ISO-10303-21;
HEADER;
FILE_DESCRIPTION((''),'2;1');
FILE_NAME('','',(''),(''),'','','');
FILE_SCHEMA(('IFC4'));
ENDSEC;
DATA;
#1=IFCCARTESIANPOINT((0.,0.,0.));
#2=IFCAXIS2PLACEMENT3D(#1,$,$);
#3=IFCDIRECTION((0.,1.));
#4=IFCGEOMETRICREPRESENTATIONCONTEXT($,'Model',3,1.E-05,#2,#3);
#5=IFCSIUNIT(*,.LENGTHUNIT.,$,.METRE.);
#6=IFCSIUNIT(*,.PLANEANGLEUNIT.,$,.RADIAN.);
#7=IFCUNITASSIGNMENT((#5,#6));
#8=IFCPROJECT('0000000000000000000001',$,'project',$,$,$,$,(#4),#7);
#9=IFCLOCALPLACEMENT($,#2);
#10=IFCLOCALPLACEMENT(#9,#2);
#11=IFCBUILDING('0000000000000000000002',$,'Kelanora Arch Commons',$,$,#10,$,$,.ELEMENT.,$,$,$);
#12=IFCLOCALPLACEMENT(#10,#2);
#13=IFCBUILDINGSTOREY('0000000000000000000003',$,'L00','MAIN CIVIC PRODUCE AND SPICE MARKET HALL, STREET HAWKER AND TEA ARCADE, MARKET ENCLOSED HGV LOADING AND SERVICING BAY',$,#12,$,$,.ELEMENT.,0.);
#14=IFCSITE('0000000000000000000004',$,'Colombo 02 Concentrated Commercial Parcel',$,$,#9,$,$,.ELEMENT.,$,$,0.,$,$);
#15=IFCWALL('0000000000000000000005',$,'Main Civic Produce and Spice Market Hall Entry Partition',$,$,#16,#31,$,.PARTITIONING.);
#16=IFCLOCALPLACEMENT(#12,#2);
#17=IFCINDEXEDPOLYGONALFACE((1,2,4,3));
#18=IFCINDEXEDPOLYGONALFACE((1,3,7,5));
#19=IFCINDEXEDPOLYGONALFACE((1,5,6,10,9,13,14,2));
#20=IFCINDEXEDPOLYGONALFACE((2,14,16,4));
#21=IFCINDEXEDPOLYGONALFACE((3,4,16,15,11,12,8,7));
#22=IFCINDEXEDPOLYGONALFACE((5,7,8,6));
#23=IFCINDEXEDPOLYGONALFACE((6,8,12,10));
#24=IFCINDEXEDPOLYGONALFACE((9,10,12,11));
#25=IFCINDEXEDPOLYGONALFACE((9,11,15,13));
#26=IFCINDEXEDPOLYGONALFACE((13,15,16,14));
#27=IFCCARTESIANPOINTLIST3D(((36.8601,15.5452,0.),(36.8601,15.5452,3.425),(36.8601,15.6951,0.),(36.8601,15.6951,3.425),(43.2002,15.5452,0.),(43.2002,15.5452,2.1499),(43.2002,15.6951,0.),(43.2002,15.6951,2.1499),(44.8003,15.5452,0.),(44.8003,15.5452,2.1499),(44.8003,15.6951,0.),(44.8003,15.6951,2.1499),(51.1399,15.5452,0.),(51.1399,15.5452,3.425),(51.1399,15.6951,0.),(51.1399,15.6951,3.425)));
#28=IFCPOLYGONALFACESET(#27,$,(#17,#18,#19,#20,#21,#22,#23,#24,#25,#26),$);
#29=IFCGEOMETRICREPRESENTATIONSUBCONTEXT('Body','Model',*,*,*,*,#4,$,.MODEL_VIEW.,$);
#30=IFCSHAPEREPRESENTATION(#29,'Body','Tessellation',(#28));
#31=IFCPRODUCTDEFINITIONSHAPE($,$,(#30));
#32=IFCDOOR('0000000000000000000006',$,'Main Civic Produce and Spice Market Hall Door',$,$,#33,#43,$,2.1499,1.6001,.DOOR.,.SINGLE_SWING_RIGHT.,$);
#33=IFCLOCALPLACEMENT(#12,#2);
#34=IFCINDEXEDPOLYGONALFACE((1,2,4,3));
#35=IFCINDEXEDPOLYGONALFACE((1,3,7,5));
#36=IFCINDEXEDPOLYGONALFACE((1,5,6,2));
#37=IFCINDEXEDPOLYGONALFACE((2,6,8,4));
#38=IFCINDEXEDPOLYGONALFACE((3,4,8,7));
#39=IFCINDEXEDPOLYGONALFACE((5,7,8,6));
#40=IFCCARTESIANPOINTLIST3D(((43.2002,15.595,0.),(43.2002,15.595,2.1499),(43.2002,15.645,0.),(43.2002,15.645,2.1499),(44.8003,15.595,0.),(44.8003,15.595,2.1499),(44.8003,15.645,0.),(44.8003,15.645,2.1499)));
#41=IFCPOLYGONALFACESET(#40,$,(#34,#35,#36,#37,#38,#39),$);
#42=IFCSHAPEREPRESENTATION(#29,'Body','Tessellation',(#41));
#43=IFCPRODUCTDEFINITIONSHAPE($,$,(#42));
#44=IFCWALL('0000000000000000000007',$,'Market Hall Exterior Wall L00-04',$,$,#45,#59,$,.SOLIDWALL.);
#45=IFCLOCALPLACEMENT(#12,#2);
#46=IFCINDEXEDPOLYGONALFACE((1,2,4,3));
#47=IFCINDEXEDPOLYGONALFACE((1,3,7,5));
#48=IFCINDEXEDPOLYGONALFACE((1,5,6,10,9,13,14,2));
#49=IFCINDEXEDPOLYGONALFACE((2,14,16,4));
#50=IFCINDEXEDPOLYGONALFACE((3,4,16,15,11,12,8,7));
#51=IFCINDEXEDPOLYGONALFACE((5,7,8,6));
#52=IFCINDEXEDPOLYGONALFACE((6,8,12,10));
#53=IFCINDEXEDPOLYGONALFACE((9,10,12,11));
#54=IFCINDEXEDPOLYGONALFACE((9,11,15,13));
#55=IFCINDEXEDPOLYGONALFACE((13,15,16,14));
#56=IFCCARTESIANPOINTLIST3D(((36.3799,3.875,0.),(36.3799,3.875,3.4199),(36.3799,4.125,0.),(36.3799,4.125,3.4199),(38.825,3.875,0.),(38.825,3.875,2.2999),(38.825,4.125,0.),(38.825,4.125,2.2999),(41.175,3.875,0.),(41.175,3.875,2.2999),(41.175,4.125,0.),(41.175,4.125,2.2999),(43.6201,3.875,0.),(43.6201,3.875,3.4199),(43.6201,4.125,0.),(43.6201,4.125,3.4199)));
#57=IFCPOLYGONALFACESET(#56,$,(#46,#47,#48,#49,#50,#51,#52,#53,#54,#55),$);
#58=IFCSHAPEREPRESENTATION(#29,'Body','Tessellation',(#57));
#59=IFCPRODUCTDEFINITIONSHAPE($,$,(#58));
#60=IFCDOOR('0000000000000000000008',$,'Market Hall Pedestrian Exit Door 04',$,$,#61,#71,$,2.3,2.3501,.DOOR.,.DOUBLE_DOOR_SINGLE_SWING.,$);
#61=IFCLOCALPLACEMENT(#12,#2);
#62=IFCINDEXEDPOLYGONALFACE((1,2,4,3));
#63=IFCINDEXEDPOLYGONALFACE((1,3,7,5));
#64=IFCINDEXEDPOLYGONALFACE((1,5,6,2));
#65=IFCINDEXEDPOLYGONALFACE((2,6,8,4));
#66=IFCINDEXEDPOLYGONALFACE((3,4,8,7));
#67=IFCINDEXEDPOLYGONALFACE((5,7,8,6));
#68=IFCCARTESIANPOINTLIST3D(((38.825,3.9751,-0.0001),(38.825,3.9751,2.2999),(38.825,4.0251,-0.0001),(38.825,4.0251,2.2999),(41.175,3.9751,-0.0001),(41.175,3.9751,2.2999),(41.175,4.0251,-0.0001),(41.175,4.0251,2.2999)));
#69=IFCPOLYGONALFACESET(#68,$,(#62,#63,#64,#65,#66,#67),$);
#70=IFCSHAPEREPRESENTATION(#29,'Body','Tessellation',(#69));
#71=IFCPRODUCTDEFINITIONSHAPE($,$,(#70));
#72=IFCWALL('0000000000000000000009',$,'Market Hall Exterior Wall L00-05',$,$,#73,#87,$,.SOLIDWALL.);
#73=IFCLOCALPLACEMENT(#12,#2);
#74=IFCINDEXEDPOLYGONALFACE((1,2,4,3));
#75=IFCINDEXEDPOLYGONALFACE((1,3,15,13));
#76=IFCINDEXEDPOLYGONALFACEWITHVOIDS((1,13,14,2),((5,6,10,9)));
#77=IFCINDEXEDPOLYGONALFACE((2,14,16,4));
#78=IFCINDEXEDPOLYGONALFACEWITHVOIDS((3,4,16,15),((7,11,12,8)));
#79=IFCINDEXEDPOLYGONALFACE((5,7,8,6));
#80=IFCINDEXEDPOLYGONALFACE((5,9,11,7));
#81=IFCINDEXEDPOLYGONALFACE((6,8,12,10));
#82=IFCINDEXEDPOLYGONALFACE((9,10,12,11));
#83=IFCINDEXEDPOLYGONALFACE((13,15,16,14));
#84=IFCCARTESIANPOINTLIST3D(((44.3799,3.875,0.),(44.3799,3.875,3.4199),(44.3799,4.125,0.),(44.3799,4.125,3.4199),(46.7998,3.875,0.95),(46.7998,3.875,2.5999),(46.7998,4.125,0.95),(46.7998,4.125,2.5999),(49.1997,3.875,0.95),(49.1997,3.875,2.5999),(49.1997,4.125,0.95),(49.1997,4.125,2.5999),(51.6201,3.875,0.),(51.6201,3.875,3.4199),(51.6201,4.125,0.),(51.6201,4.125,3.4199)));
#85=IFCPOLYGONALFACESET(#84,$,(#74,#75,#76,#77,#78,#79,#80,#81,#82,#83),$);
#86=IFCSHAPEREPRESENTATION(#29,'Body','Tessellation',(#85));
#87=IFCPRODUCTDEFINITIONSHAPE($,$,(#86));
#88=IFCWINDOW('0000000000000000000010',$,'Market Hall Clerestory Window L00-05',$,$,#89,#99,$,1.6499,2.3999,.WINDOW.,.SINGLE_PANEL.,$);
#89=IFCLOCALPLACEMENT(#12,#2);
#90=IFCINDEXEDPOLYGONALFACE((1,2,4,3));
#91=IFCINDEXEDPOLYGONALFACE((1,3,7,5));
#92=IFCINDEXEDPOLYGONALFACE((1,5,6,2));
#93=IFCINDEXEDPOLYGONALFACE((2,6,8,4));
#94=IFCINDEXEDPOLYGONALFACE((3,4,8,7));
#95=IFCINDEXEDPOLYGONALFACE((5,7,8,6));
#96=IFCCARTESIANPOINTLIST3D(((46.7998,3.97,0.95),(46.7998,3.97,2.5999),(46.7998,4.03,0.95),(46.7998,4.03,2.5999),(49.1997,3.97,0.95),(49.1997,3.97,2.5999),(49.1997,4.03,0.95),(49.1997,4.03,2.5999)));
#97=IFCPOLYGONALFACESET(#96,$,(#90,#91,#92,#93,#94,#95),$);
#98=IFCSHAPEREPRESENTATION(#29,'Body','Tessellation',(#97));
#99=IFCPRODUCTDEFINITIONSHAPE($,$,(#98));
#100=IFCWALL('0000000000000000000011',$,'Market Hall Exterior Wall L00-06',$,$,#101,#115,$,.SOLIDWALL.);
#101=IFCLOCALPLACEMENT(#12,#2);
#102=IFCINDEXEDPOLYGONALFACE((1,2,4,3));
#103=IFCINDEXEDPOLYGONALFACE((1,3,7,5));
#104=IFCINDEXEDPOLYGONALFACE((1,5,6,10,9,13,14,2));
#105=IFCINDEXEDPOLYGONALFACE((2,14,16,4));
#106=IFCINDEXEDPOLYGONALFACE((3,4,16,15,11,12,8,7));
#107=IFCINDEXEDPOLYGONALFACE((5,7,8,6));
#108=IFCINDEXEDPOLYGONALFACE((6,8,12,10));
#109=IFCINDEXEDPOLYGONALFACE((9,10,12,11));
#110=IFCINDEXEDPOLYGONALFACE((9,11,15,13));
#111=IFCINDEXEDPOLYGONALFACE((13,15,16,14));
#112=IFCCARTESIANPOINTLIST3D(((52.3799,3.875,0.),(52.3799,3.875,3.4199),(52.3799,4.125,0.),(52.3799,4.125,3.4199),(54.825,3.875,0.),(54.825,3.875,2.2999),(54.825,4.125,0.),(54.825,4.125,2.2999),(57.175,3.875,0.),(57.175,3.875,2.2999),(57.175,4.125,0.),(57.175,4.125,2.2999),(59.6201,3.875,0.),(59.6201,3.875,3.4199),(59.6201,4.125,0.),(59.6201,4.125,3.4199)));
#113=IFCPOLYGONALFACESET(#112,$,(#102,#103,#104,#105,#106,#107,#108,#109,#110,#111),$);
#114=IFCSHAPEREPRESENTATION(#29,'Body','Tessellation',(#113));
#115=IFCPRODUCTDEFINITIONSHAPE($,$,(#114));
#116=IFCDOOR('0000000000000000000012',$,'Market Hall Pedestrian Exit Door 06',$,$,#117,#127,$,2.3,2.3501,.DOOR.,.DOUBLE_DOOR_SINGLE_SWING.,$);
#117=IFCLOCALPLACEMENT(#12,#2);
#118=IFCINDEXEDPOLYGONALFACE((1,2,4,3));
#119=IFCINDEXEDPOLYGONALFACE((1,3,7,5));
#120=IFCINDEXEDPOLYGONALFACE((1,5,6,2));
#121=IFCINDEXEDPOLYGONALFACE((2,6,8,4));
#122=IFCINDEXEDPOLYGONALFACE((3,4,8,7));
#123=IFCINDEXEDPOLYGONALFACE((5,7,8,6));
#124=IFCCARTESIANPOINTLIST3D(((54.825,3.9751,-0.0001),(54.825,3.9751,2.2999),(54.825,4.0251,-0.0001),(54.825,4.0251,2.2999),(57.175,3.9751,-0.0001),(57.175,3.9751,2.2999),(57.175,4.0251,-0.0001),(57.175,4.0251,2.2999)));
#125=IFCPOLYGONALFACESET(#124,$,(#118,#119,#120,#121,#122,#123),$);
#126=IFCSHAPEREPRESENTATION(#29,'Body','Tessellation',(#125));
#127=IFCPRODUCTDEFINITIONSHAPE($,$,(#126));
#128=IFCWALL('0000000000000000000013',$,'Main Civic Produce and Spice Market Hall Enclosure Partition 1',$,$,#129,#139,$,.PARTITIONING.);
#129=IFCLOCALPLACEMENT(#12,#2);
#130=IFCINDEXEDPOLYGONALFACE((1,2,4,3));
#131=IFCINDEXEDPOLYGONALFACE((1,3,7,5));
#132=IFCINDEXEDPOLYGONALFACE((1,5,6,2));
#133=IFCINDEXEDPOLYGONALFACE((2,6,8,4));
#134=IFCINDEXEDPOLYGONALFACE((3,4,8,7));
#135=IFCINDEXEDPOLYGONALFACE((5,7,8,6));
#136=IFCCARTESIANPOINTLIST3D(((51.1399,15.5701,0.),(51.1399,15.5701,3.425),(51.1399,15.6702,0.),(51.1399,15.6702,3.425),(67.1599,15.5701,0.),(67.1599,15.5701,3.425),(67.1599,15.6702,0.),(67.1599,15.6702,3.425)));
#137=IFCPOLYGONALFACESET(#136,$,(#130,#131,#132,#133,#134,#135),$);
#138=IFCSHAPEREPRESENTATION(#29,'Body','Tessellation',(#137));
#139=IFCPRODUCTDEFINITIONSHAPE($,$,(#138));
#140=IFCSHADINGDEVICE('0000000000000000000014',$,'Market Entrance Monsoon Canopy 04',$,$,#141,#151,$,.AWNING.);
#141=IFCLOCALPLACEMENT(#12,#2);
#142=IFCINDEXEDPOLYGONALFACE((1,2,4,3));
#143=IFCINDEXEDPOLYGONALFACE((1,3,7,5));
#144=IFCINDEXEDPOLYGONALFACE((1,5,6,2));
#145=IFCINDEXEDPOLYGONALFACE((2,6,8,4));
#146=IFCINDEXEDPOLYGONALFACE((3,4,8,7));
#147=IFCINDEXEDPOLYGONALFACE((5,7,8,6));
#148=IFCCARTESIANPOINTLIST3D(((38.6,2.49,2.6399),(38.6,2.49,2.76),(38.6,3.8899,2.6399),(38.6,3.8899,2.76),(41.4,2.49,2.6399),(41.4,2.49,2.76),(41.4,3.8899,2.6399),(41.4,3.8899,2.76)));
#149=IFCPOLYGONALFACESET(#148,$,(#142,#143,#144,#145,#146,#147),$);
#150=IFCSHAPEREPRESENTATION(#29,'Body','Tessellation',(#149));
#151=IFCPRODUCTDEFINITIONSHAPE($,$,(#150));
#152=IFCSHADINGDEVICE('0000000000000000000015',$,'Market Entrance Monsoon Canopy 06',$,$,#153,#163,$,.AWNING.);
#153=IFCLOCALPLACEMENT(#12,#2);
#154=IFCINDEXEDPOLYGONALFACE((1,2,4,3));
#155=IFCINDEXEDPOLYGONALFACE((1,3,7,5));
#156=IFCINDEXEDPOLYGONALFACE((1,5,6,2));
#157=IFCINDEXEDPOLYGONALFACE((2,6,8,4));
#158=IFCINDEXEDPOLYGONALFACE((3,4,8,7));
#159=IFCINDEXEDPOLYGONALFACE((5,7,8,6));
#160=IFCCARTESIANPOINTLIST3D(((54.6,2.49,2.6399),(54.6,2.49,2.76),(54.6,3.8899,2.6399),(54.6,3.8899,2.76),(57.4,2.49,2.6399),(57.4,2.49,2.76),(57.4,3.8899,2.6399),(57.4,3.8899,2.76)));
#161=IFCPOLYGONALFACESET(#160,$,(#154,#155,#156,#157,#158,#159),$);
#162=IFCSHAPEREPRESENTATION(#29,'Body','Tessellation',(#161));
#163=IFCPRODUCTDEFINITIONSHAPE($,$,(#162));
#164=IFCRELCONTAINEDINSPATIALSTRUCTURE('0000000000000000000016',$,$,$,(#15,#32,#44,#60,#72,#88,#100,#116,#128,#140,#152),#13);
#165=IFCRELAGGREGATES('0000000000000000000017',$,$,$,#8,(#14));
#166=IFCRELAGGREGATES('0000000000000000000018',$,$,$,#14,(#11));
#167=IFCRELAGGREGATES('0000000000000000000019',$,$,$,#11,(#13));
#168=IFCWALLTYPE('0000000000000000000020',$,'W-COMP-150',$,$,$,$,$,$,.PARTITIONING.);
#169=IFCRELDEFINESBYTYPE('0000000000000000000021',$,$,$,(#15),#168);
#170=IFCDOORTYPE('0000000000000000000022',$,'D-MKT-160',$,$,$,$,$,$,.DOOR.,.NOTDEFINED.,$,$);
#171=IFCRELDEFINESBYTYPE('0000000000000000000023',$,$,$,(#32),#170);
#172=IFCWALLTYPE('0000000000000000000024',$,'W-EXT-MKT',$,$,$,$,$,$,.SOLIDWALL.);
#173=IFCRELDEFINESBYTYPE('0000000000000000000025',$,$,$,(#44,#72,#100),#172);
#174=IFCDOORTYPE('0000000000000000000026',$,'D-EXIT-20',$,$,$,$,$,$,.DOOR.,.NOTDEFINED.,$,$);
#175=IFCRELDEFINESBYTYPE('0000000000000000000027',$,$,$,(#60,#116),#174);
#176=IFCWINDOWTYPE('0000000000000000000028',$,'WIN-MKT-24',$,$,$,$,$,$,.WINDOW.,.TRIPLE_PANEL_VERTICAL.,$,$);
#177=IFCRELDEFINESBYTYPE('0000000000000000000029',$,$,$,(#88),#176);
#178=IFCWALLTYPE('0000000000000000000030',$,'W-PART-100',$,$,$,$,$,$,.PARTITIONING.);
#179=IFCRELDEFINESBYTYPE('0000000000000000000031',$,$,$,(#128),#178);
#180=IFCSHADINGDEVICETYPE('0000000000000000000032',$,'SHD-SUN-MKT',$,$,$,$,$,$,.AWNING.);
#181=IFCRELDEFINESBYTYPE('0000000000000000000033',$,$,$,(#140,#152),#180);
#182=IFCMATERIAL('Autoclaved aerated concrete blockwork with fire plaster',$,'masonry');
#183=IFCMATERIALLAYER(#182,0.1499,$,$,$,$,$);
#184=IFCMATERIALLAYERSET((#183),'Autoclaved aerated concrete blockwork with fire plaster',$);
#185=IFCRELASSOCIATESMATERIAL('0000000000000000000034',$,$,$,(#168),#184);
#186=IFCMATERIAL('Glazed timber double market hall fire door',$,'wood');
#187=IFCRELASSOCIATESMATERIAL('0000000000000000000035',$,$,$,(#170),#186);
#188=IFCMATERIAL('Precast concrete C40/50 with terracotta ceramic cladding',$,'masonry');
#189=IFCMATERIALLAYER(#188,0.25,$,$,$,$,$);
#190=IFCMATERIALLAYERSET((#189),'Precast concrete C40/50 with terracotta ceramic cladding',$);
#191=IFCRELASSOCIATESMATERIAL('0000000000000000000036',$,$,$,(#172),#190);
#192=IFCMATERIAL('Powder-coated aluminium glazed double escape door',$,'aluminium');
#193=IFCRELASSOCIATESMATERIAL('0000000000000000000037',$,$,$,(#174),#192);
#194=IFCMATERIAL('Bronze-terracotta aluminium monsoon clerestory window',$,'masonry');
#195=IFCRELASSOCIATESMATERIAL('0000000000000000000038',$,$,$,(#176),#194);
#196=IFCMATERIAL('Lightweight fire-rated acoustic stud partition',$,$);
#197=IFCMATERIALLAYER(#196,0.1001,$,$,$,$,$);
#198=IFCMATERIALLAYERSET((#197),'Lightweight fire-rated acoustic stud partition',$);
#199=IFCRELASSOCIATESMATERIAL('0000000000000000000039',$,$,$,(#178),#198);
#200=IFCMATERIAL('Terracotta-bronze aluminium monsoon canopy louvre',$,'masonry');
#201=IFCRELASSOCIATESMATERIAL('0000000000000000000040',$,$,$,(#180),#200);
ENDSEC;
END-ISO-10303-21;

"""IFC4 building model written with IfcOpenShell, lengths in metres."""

from ifc_helpers import new_model, si_unit, direction, frame, frame_2d, origin, origin_2d, place, context, subcontext, project, spatial, rectangle, extrude, source, transform, mapped, material, layer, layer_set, type_object, element, fill, save


model = new_model("IFC4")

# Units and contexts
model_context = context("Model", 3, precision=1e-05, world=origin(), true_north=direction((0.0, 1.0)))
body_context = subcontext(model_context, "Body", "Model", "MODEL_VIEW")
ifc_project = project(units=[si_unit("LENGTHUNIT", "METRE"), si_unit("PLANEANGLEUNIT", "RADIAN")], contexts=[model_context])

# Site, building, storey
site_placement = place(None, origin())
site = spatial("IfcSite", under=ifc_project, at=site_placement, Name="Colombo 02 Concentrated Commercial Parcel", CompositionType="ELEMENT", RefElevation=0.0)
building_placement = place(site_placement, origin())
building = spatial("IfcBuilding", under=site, at=building_placement, Name="Kelanora Arch Commons", CompositionType="ELEMENT")
storey_placement = place(building_placement, origin())
storey = spatial("IfcBuildingStorey", under=building, at=storey_placement, Name="L00", Description="MAIN CIVIC PRODUCE AND SPICE MARKET HALL, STREET HAWKER AND TEA ARCADE, MARKET ENCLOSED HGV LOADING AND SERVICING BAY", CompositionType="ELEMENT", Elevation=0.0)

# Walls, openings, doors
ifc_material_1 = material(Name="Autoclaved aerated concrete blockwork with fire plaster", Category="masonry")
ifc_layer_1 = layer(ifc_material_1, 0.1499)
ifc_layer_set_1 = layer_set([ifc_layer_1], Name="Autoclaved aerated concrete blockwork with fire plaster")
wall_type_1 = type_object("IfcWallType", Name="W-COMP-150", PredefinedType="PARTITIONING", material=ifc_layer_set_1)
wall_1_placement = place(storey_placement, frame((36.8601, 15.6201, 0.0), z_axis=(0.0, 0.0, 1.0), x_axis=(1.0, 0.0, 0.0)))
wall_1 = element("IfcWall", 1, at=wall_1_placement, inside=storey, type_object=wall_type_1, Name="Main Civic Produce and Spice Market Hall Entry Partition", PredefinedType="PARTITIONING", context=body_context, shape_type="SweptSolid", body=[
    extrude(rectangle(XDim=14.2798, YDim=0.1499, at=frame_2d((7.1399, 0.0))), origin(), (0.0, 0.0, 1.0), 3.425),
])
opening_1_placement = place(wall_1_placement, frame((6.3401, 0.0, 0.0)))
opening_1 = element("IfcOpeningElement", 2, at=opening_1_placement, cuts=wall_1, PredefinedType="OPENING", context=body_context, shape_type="SweptSolid", body=[
    extrude(rectangle(XDim=1.6001, YDim=2.1499, at=frame_2d((0.8, 1.075))), frame((0.0, 0.085, 0.0), z_axis=(0.0, -1.0, 0.0), x_axis=(1.0, 0.0, 0.0)), (0.0, 0.0, 1.0), 0.1699),
])
ifc_material_2 = material(Name="Glazed timber double market hall fire door", Category="wood")
door_type_1 = type_object("IfcDoorType", Name="D-MKT-160", OperationType="NOTDEFINED", PredefinedType="DOOR", material=ifc_material_2)
door_1_placement = place(opening_1_placement, origin())
door_1 = element("IfcDoor", 3, at=door_1_placement, inside=storey, type_object=door_type_1, Name="Main Civic Produce and Spice Market Hall Door", OperationType="SINGLE_SWING_RIGHT", OverallHeight=2.1499, OverallWidth=1.6001, PredefinedType="DOOR", context=body_context, shape_type="SweptSolid", body=[
    extrude(rectangle(XDim=1.6001, YDim=2.1499, at=frame_2d((0.8, 1.075))), frame((0.0, 0.0249, 0.0), z_axis=(0.0, -1.0, 0.0), x_axis=(1.0, 0.0, 0.0)), (0.0, 0.0, 1.0), 0.05),
])
fill(opening_1, door_1)
ifc_material_3 = material(Name="Precast concrete C40/50 with terracotta ceramic cladding", Category="masonry")
ifc_layer_2 = layer(ifc_material_3, 0.25)
ifc_layer_set_2 = layer_set([ifc_layer_2], Name="Precast concrete C40/50 with terracotta ceramic cladding")
wall_type_2 = type_object("IfcWallType", Name="W-EXT-MKT", PredefinedType="SOLIDWALL", material=ifc_layer_set_2)
wall_2_placement = place(storey_placement, frame((36.3799, 4.0, 0.0), z_axis=(0.0, 0.0, 1.0), x_axis=(1.0, 0.0, 0.0)))
wall_2 = element("IfcWall", 4, at=wall_2_placement, inside=storey, type_object=wall_type_2, Name="Market Hall Exterior Wall L00-04", PredefinedType="SOLIDWALL", context=body_context, shape_type="SweptSolid", body=[
    extrude(rectangle(XDim=7.2402, YDim=0.25, at=frame_2d((3.6201, 0.0))), origin(), (0.0, 0.0, 1.0), 3.4199),
])
opening_2_placement = place(wall_2_placement, frame((2.4451, 0.0, 0.0)))
opening_2 = element("IfcOpeningElement", 5, at=opening_2_placement, cuts=wall_2, PredefinedType="OPENING", context=body_context, shape_type="SweptSolid", body=[
    extrude(rectangle(XDim=2.3501, YDim=2.3, at=frame_2d((1.175, 1.1499))), frame((0.0, 0.135, 0.0), z_axis=(0.0, -1.0, 0.0), x_axis=(1.0, 0.0, 0.0)), (0.0, 0.0, 1.0), 0.27),
])
ifc_material_4 = material(Name="Powder-coated aluminium glazed double escape door", Category="aluminium")
door_type_2 = type_object("IfcDoorType", Name="D-EXIT-20", OperationType="NOTDEFINED", PredefinedType="DOOR", material=ifc_material_4)
door_2_placement = place(opening_2_placement, frame((2.3501, 0.0, 0.0), z_axis=(0.0, 0.0, 1.0), x_axis=(-1.0, 0.0, 0.0)))
door_2 = element("IfcDoor", 6, at=door_2_placement, inside=storey, type_object=door_type_2, Name="Market Hall Pedestrian Exit Door 04", OperationType="DOUBLE_DOOR_SINGLE_SWING", OverallHeight=2.3, OverallWidth=2.3501, PredefinedType="DOOR", context=body_context, shape_type="SweptSolid", body=[
    extrude(rectangle(XDim=2.3501, YDim=2.3, at=frame_2d((1.175, 1.1499))), frame((0.0, 0.0249, 0.0), z_axis=(0.0, -1.0, 0.0), x_axis=(1.0, 0.0, 0.0)), (0.0, 0.0, 1.0), 0.05),
])
fill(opening_2, door_2)

# Wall, opening, window
wall_3_placement = place(storey_placement, frame((44.3799, 4.0, 0.0), z_axis=(0.0, 0.0, 1.0), x_axis=(1.0, 0.0, 0.0)))
wall_3 = element("IfcWall", 7, at=wall_3_placement, inside=storey, type_object=wall_type_2, Name="Market Hall Exterior Wall L00-05", PredefinedType="SOLIDWALL", context=body_context, shape_type="SweptSolid", body=[
    extrude(rectangle(XDim=7.2402, YDim=0.25, at=frame_2d((3.6201, 0.0))), origin(), (0.0, 0.0, 1.0), 3.4199),
])
opening_3_placement = place(wall_3_placement, frame((2.4199, 0.0, 0.95)))
opening_3 = element("IfcOpeningElement", 8, at=opening_3_placement, cuts=wall_3, PredefinedType="OPENING", context=body_context, shape_type="SweptSolid", body=[
    extrude(rectangle(XDim=2.3999, YDim=1.6499, at=frame_2d((1.2, 0.825))), frame((0.0, 0.135, 0.0), z_axis=(0.0, -1.0, 0.0), x_axis=(1.0, 0.0, 0.0)), (0.0, 0.0, 1.0), 0.27),
])
ifc_material_5 = material(Name="Bronze-terracotta aluminium monsoon clerestory window", Category="masonry")
window_type = type_object("IfcWindowType", Name="WIN-MKT-24", PartitioningType="TRIPLE_PANEL_VERTICAL", PredefinedType="WINDOW", material=ifc_material_5)
window_placement = place(opening_3_placement, origin())
window = element("IfcWindow", 9, at=window_placement, inside=storey, type_object=window_type, Name="Market Hall Clerestory Window L00-05", OverallHeight=1.6499, OverallWidth=2.3999, PartitioningType="SINGLE_PANEL", PredefinedType="WINDOW", context=body_context, shape_type="SweptSolid", body=[
    extrude(rectangle(XDim=2.3999, YDim=1.6499, at=frame_2d((1.2, 0.825))), frame((0.0, 0.03, 0.0), z_axis=(0.0, -1.0, 0.0), x_axis=(1.0, 0.0, 0.0)), (0.0, 0.0, 1.0), 0.0601),
])
fill(opening_3, window)

# Wall, opening, door
wall_4_placement = place(storey_placement, frame((52.3799, 4.0, 0.0), z_axis=(0.0, 0.0, 1.0), x_axis=(1.0, 0.0, 0.0)))
wall_4 = element("IfcWall", 10, at=wall_4_placement, inside=storey, type_object=wall_type_2, Name="Market Hall Exterior Wall L00-06", PredefinedType="SOLIDWALL", context=body_context, shape_type="SweptSolid", body=[
    extrude(rectangle(XDim=7.2402, YDim=0.25, at=frame_2d((3.6201, 0.0))), origin(), (0.0, 0.0, 1.0), 3.4199),
])
opening_4_placement = place(wall_4_placement, frame((2.4451, 0.0, 0.0)))
opening_4 = element("IfcOpeningElement", 11, at=opening_4_placement, cuts=wall_4, PredefinedType="OPENING", context=body_context, shape_type="SweptSolid", body=[
    extrude(rectangle(XDim=2.3501, YDim=2.3, at=frame_2d((1.175, 1.1499))), frame((0.0, 0.135, 0.0), z_axis=(0.0, -1.0, 0.0), x_axis=(1.0, 0.0, 0.0)), (0.0, 0.0, 1.0), 0.27),
])
door_3_placement = place(opening_4_placement, frame((2.3501, 0.0, 0.0), z_axis=(0.0, 0.0, 1.0), x_axis=(-1.0, 0.0, 0.0)))
door_3 = element("IfcDoor", 12, at=door_3_placement, inside=storey, type_object=door_type_2, Name="Market Hall Pedestrian Exit Door 06", OperationType="DOUBLE_DOOR_SINGLE_SWING", OverallHeight=2.3, OverallWidth=2.3501, PredefinedType="DOOR", context=body_context, shape_type="SweptSolid", body=[
    extrude(rectangle(XDim=2.3501, YDim=2.3, at=frame_2d((1.175, 1.1499))), frame((0.0, 0.0249, 0.0), z_axis=(0.0, -1.0, 0.0), x_axis=(1.0, 0.0, 0.0)), (0.0, 0.0, 1.0), 0.05),
])
fill(opening_4, door_3)

# Wall
ifc_material_6 = material(Name="Lightweight fire-rated acoustic stud partition")
ifc_layer_3 = layer(ifc_material_6, 0.1001)
ifc_layer_set_3 = layer_set([ifc_layer_3], Name="Lightweight fire-rated acoustic stud partition")
wall_type_3 = type_object("IfcWallType", Name="W-PART-100", PredefinedType="PARTITIONING", material=ifc_layer_set_3)
wall_5_placement = place(storey_placement, frame((51.1399, 15.6201, 0.0), z_axis=(0.0, 0.0, 1.0), x_axis=(1.0, 0.0, 0.0)))
element("IfcWall", 13, at=wall_5_placement, inside=storey, type_object=wall_type_3, Name="Main Civic Produce and Spice Market Hall Enclosure Partition 1", PredefinedType="PARTITIONING", context=body_context, shape_type="SweptSolid", body=[
    extrude(rectangle(XDim=16.02, YDim=0.1001, at=frame_2d((8.01, 0.0))), origin(), (0.0, 0.0, 1.0), 3.425),
])

# Shading devices
ifc_material_7 = material(Name="Terracotta-bronze aluminium monsoon canopy louvre", Category="masonry")
shading_device_type = type_object("IfcShadingDeviceType", Name="SHD-SUN-MKT", PredefinedType="AWNING", material=ifc_material_7)
shared_shape = source(origin(), body_context, "Body", "SweptSolid", [
    extrude(rectangle(XDim=2.8, YDim=1.3999, at=origin_2d()), origin(), (0.0, 0.0, 1.0), 0.1201),
])
for number, where, z_axis, x_axis, name in (
    (14, (40.0, 3.1899, 2.6399), (0.0, 0.0, 1.0), (1.0, 0.0, 0.0), "Market Entrance Monsoon Canopy 04"),
    (15, (56.0, 3.1899, 2.6399), (0.0, 0.0, 1.0), (1.0, 0.0, 0.0), "Market Entrance Monsoon Canopy 06"),
):
    element("IfcShadingDevice", number, at=place(storey_placement, frame(where, z_axis=z_axis, x_axis=x_axis)), inside=storey, type_object=shading_device_type, Name=name, PredefinedType="AWNING", context=body_context, shape_type="MappedRepresentation", body=[
        mapped(shared_shape, transform((0.0, 0.0, 0.0), scale=1.0)),
    ])

save(model, "model.ifc")
